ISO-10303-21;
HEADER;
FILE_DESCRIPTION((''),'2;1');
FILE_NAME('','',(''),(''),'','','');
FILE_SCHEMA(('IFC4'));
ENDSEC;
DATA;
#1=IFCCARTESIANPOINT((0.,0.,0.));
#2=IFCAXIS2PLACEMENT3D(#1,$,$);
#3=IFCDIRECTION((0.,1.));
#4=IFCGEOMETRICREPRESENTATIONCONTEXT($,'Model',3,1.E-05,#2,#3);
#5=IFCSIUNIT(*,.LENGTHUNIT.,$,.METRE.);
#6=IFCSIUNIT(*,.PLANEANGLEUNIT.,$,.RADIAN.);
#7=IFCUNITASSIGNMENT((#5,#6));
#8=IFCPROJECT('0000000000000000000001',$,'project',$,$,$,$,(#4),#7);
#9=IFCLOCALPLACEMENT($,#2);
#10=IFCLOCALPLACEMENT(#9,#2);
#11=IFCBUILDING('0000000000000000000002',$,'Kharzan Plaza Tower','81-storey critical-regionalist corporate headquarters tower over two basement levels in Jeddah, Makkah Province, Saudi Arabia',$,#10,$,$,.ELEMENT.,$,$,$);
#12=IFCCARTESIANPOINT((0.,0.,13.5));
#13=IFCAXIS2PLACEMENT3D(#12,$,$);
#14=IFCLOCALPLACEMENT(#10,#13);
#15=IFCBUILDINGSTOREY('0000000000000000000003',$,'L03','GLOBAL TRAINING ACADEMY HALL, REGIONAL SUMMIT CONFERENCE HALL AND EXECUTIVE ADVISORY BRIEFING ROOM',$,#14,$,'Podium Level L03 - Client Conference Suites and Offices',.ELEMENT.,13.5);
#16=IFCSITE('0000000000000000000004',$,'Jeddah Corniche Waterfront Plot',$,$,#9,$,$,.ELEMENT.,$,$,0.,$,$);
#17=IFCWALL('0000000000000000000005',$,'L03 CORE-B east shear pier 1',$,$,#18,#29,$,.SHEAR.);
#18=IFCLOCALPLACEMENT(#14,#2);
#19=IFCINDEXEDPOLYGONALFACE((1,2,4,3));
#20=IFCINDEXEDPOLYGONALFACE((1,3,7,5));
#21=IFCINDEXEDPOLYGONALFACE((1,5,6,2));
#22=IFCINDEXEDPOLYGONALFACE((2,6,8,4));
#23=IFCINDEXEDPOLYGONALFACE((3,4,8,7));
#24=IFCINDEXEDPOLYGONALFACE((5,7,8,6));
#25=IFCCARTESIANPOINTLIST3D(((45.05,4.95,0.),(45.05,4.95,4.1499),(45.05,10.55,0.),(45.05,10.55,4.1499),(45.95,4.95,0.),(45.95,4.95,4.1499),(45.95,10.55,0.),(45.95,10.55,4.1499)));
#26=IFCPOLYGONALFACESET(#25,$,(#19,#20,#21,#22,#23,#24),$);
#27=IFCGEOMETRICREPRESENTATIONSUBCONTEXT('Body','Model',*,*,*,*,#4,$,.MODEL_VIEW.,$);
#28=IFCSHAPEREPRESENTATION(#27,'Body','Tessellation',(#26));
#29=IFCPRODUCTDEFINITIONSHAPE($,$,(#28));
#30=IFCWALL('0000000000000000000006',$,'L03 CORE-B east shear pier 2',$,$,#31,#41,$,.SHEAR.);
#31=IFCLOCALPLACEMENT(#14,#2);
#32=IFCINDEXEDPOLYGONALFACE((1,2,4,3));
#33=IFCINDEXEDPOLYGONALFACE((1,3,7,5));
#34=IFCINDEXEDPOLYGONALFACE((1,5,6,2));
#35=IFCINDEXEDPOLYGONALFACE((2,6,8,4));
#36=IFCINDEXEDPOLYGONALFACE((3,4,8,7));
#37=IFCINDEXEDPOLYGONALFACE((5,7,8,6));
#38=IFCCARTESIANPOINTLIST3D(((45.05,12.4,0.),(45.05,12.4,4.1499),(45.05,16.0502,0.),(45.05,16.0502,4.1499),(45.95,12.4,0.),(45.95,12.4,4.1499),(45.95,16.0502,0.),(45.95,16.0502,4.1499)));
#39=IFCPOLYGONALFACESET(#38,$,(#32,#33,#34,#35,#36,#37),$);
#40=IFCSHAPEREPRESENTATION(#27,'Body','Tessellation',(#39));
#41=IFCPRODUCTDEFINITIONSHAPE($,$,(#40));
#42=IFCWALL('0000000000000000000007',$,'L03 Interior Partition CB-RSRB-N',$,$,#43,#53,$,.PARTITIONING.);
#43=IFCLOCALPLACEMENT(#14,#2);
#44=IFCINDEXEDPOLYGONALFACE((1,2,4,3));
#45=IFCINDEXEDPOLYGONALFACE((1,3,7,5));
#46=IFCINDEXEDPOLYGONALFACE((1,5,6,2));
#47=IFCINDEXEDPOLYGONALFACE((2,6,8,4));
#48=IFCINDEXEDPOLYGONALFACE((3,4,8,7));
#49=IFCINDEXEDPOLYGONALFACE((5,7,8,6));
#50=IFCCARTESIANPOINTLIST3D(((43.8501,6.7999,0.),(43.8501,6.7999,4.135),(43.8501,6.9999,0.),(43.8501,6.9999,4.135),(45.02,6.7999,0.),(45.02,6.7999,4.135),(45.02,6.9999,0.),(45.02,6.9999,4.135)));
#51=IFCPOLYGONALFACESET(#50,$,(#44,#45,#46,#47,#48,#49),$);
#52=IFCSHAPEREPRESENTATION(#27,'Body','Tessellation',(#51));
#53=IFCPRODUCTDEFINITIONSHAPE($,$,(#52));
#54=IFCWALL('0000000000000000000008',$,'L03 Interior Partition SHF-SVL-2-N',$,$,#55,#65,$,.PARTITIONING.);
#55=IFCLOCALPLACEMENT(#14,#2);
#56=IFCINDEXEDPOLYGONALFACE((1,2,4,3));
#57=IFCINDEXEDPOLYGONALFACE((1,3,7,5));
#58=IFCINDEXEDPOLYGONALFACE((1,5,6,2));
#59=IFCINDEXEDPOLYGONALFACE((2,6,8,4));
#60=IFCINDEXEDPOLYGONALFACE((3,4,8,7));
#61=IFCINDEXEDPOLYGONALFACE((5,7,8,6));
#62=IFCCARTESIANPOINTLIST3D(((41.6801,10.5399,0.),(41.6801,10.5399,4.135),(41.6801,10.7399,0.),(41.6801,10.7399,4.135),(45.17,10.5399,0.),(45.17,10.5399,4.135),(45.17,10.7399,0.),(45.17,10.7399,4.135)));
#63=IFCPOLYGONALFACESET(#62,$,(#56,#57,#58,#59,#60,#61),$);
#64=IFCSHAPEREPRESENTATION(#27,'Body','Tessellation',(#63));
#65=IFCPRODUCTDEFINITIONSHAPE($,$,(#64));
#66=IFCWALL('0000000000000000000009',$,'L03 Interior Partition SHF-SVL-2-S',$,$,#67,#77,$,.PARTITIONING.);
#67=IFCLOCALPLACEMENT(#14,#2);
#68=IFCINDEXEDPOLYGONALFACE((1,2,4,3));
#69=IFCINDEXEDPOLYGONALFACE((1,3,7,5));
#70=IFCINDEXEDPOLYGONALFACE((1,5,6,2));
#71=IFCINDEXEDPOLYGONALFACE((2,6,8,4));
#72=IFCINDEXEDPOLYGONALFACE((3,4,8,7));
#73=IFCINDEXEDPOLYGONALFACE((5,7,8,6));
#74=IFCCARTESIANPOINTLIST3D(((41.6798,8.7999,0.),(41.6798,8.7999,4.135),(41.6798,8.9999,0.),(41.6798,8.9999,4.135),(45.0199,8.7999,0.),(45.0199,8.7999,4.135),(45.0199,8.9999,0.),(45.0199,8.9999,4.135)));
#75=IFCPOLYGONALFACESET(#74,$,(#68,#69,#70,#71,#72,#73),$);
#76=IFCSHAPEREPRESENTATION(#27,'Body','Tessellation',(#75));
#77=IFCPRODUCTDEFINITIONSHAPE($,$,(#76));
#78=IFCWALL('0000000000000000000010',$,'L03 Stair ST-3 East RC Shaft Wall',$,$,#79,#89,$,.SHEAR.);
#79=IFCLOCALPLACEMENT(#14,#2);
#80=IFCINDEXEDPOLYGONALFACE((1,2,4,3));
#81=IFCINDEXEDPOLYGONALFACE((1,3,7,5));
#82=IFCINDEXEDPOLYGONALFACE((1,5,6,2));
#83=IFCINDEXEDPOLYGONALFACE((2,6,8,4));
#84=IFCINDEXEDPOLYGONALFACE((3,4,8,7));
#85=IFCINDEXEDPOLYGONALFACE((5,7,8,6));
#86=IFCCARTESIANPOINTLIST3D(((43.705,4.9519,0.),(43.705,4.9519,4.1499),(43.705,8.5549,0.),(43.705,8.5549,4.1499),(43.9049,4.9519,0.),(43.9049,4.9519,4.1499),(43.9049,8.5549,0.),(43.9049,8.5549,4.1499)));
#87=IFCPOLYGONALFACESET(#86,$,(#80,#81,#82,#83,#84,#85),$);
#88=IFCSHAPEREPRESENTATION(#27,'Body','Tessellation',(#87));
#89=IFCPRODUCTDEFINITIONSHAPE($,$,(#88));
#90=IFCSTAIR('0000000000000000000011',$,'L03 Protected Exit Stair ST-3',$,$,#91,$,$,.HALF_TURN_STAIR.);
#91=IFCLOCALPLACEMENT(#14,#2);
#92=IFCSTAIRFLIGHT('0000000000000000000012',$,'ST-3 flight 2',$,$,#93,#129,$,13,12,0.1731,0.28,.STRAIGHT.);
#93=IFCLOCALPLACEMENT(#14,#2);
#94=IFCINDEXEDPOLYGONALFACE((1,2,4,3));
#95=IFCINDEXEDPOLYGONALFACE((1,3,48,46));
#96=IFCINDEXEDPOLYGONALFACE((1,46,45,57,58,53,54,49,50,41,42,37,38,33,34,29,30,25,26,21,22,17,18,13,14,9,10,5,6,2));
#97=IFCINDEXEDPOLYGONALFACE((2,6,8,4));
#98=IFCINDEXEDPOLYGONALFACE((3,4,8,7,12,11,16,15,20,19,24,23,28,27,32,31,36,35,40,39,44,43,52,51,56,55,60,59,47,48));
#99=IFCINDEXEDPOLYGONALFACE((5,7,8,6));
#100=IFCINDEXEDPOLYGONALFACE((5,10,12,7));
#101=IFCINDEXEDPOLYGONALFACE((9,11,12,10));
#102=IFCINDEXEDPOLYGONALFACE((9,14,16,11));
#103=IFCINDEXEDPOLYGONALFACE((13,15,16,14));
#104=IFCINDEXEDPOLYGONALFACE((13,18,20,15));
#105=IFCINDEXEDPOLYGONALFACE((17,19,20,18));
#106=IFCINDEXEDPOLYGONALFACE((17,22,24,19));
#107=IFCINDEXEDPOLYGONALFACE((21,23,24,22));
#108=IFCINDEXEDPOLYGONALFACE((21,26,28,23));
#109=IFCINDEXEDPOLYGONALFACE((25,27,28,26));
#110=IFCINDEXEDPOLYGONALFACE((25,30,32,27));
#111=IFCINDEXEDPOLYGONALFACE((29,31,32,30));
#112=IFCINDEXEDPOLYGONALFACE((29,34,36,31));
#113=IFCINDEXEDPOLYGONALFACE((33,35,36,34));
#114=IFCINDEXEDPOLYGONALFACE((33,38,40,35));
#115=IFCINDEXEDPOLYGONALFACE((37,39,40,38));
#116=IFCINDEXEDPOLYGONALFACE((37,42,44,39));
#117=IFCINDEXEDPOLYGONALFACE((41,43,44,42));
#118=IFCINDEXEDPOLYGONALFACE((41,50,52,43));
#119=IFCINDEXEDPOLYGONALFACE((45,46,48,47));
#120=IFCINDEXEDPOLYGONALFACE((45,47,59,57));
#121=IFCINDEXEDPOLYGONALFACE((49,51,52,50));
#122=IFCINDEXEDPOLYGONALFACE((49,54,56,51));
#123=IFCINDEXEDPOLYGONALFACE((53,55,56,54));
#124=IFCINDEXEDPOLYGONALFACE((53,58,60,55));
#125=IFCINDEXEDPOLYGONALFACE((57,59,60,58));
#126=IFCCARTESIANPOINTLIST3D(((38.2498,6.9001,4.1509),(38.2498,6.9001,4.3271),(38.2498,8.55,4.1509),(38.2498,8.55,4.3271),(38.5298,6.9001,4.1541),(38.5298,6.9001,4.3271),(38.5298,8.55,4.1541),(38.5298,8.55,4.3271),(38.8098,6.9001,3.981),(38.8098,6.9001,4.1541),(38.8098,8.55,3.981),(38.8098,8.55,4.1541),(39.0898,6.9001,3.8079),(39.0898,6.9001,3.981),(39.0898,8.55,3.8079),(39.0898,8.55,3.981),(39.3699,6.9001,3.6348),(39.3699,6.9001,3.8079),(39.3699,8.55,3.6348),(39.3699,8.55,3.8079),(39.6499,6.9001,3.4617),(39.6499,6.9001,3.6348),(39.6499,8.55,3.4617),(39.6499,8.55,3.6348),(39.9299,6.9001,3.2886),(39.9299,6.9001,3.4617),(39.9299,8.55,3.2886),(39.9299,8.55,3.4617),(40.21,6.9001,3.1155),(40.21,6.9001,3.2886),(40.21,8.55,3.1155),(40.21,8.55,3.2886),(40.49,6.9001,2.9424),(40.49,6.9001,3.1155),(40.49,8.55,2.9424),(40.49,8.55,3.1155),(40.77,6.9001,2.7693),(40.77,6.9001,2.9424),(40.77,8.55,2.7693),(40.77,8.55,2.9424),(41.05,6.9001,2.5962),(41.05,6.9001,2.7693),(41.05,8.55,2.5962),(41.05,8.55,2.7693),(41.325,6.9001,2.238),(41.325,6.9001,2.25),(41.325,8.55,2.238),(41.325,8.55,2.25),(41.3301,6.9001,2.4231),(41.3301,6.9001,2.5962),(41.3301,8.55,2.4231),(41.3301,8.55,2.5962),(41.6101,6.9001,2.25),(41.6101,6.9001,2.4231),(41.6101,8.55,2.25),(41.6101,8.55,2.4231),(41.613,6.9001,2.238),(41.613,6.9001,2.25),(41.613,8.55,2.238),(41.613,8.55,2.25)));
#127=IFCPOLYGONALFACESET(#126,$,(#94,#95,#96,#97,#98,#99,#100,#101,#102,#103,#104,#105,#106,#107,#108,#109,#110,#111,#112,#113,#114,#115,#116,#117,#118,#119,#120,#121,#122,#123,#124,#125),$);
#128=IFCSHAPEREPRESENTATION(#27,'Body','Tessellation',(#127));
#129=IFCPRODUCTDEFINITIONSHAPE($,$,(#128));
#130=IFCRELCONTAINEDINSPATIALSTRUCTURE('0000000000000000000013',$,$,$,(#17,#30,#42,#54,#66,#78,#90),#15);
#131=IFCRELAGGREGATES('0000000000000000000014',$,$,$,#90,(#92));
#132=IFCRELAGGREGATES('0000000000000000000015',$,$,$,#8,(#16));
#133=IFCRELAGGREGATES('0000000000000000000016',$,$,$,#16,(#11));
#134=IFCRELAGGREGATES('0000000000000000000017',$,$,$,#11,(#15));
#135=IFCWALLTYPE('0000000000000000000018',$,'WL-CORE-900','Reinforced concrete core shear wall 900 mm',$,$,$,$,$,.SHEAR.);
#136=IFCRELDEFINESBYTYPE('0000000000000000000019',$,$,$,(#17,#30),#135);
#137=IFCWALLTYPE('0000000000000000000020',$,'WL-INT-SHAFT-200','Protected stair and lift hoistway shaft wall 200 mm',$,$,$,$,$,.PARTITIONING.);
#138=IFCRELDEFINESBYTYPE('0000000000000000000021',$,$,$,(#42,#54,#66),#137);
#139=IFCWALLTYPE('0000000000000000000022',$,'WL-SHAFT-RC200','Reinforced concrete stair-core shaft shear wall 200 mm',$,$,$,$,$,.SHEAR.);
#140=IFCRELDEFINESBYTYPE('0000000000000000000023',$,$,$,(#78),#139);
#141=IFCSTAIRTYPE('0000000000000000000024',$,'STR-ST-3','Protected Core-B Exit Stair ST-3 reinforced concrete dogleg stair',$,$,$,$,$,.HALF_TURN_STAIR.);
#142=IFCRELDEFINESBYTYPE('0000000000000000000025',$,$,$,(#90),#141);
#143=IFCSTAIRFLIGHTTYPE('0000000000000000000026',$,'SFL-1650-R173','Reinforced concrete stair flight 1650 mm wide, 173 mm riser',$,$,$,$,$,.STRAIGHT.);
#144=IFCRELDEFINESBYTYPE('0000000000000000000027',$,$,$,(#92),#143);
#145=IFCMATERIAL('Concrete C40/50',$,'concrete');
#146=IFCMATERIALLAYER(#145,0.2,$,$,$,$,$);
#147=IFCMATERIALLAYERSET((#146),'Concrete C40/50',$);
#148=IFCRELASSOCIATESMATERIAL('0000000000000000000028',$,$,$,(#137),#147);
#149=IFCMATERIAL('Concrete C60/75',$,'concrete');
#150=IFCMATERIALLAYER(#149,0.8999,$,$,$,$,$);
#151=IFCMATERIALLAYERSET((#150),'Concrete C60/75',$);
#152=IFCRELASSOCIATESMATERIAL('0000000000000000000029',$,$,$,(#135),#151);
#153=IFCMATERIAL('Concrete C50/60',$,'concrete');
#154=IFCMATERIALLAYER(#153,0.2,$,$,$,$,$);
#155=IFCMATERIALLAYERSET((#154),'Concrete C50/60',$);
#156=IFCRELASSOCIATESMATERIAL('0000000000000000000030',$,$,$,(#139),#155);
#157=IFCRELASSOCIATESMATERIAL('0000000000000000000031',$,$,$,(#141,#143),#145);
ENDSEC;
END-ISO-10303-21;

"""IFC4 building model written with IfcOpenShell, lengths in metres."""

from ifc_helpers import new_model, si_unit, direction, frame, frame_2d, origin, place, context, subcontext, project, spatial, polyline, rectangle, outline, extrude, source, transform, mapped, material, layer, layer_set, type_object, element, aggregate, save


model = new_model("IFC4")

# Units and contexts
model_context = context("Model", 3, precision=1e-05, world=origin(), true_north=direction((0.0, 1.0)))
body_context = subcontext(model_context, "Body", "Model", "MODEL_VIEW")
ifc_project = project(units=[si_unit("LENGTHUNIT", "METRE"), si_unit("PLANEANGLEUNIT", "RADIAN")], contexts=[model_context])

# Site, building, storey
site_placement = place(None, origin())
site = spatial("IfcSite", under=ifc_project, at=site_placement, Name="Jeddah Corniche Waterfront Plot", CompositionType="ELEMENT", RefElevation=0.0)
building_placement = place(site_placement, origin())
building = spatial("IfcBuilding", under=site, at=building_placement, Name="Kharzan Plaza Tower", Description="81-storey critical-regionalist corporate headquarters tower over two basement levels in Jeddah, Makkah Province, Saudi Arabia", CompositionType="ELEMENT")
storey_placement = place(building_placement, frame((0.0, 0.0, 13.5)))
storey = spatial("IfcBuildingStorey", under=building, at=storey_placement, Name="L03", Description="GLOBAL TRAINING ACADEMY HALL, REGIONAL SUMMIT CONFERENCE HALL AND EXECUTIVE ADVISORY BRIEFING ROOM", LongName="Podium Level L03 - Client Conference Suites and Offices", CompositionType="ELEMENT", Elevation=13.5)

# Shared definitions
ifc_material_1 = material(Name="Concrete C60/75", Category="concrete")

# Shared definitions
ifc_material_2 = material(Name="Concrete C40/50", Category="concrete")
ifc_layer_1 = layer(ifc_material_2, 0.2)
ifc_layer_set_1 = layer_set([ifc_layer_1], Name="Concrete C40/50")
wall_type_1 = type_object("IfcWallType", Name="WL-INT-SHAFT-200", Description="Protected stair and lift hoistway shaft wall 200 mm", PredefinedType="PARTITIONING", material=ifc_layer_set_1)

# Walls
ifc_layer_2 = layer(ifc_material_1, 0.8999)
ifc_layer_set_2 = layer_set([ifc_layer_2], Name="Concrete C60/75")
wall_type_2 = type_object("IfcWallType", Name="WL-CORE-900", Description="Reinforced concrete core shear wall 900 mm", PredefinedType="SHEAR", material=ifc_layer_set_2)
shared_shape_1 = source(origin(), body_context, "Body", "SweptSolid", [
    extrude(rectangle(XDim=5.6001, YDim=0.8999, at=frame_2d((2.8, 0.0))), origin(), (0.0, 0.0, 1.0), 4.1499),
])
wall_1_placement = place(storey_placement, frame((45.5, 4.95, 0.0), z_axis=(0.0, 0.0, 1.0), x_axis=(0.0, 1.0, 0.0)))
element("IfcWall", 1, at=wall_1_placement, inside=storey, type_object=wall_type_2, Name="L03 CORE-B east shear pier 1", PredefinedType="SHEAR", context=body_context, shape_type="MappedRepresentation", body=[
    mapped(shared_shape_1, transform((0.0, 0.0, 0.0), x_axis=(1.0, 0.0, 0.0), y_axis=(0.0, 1.0, 0.0), z_axis=(0.0, 0.0, 1.0))),
])
shared_shape_2 = source(origin(), body_context, "Body", "SweptSolid", [
    extrude(rectangle(XDim=3.6501, YDim=0.8999, at=frame_2d((1.8252, 0.0))), origin(), (0.0, 0.0, 1.0), 4.1499),
])
wall_2_placement = place(storey_placement, frame((45.5, 12.3999, 0.0), z_axis=(0.0, 0.0, 1.0), x_axis=(0.0, 1.0, 0.0)))
element("IfcWall", 2, at=wall_2_placement, inside=storey, type_object=wall_type_2, Name="L03 CORE-B east shear pier 2", PredefinedType="SHEAR", context=body_context, shape_type="MappedRepresentation", body=[
    mapped(shared_shape_2, transform((0.0, 0.0, 0.0), x_axis=(1.0, 0.0, 0.0), y_axis=(0.0, 1.0, 0.0), z_axis=(0.0, 0.0, 1.0))),
])
shared_shape_3 = source(origin(), body_context, "Body", "SweptSolid", [
    extrude(rectangle(XDim=1.1699, YDim=0.2, at=frame_2d((0.585, 0.0))), origin(), (0.0, 0.0, 1.0), 4.135),
])
wall_3_placement = place(storey_placement, frame((43.8501, 6.8999, 0.0), z_axis=(0.0, 0.0, 1.0), x_axis=(1.0, 0.0, 0.0)))
element("IfcWall", 3, at=wall_3_placement, inside=storey, type_object=wall_type_1, Name="L03 Interior Partition CB-RSRB-N", PredefinedType="PARTITIONING", context=body_context, shape_type="MappedRepresentation", body=[
    mapped(shared_shape_3, transform((0.0, 0.0, 0.0), x_axis=(1.0, 0.0, 0.0), y_axis=(0.0, 1.0, 0.0), z_axis=(0.0, 0.0, 1.0))),
])
shared_shape_4 = source(origin(), body_context, "Body", "SweptSolid", [
    extrude(rectangle(XDim=3.49, YDim=0.2, at=frame_2d((1.7451, 0.0))), origin(), (0.0, 0.0, 1.0), 4.135),
])
wall_4_placement = place(storey_placement, frame((41.6799, 10.6399, 0.0), z_axis=(0.0, 0.0, 1.0), x_axis=(1.0, 0.0, 0.0)))
element("IfcWall", 4, at=wall_4_placement, inside=storey, type_object=wall_type_1, Name="L03 Interior Partition SHF-SVL-2-N", PredefinedType="PARTITIONING", context=body_context, shape_type="MappedRepresentation", body=[
    mapped(shared_shape_4, transform((0.0, 0.0, 0.0), x_axis=(1.0, 0.0, 0.0), y_axis=(0.0, 1.0, 0.0), z_axis=(0.0, 0.0, 1.0))),
])
shared_shape_5 = source(origin(), body_context, "Body", "SweptSolid", [
    extrude(rectangle(XDim=3.3401, YDim=0.2, at=frame_2d((1.6699, 0.0))), origin(), (0.0, 0.0, 1.0), 4.135),
])
wall_5_placement = place(storey_placement, frame((41.6799, 8.8999, 0.0), z_axis=(0.0, 0.0, 1.0), x_axis=(1.0, 0.0, 0.0)))
element("IfcWall", 5, at=wall_5_placement, inside=storey, type_object=wall_type_1, Name="L03 Interior Partition SHF-SVL-2-S", PredefinedType="PARTITIONING", context=body_context, shape_type="MappedRepresentation", body=[
    mapped(shared_shape_5, transform((0.0, 0.0, 0.0), x_axis=(1.0, 0.0, 0.0), y_axis=(0.0, 1.0, 0.0), z_axis=(0.0, 0.0, 1.0))),
])
ifc_material_3 = material(Name="Concrete C50/60", Category="concrete")
ifc_layer_3 = layer(ifc_material_3, 0.2)
ifc_layer_set_3 = layer_set([ifc_layer_3], Name="Concrete C50/60")
wall_type_3 = type_object("IfcWallType", Name="WL-SHAFT-RC200", Description="Reinforced concrete stair-core shaft shear wall 200 mm", PredefinedType="SHEAR", material=ifc_layer_set_3)
shared_shape_6 = source(origin(), body_context, "Body", "SweptSolid", [
    extrude(rectangle(XDim=3.603, YDim=0.2, at=frame_2d((1.8015, 0.0))), origin(), (0.0, 0.0, 1.0), 4.1499),
])
wall_6_placement = place(storey_placement, frame((43.8049, 4.9519, 0.0), z_axis=(0.0, 0.0, 1.0), x_axis=(0.0, 1.0, 0.0)))
element("IfcWall", 6, at=wall_6_placement, inside=storey, type_object=wall_type_3, Name="L03 Stair ST-3 East RC Shaft Wall", PredefinedType="SHEAR", context=body_context, shape_type="MappedRepresentation", body=[
    mapped(shared_shape_6, transform((0.0, 0.0, 0.0), x_axis=(1.0, 0.0, 0.0), y_axis=(0.0, 1.0, 0.0), z_axis=(0.0, 0.0, 1.0))),
])

# Stair, stair flight
stair_type = type_object("IfcStairType", Name="STR-ST-3", Description="Protected Core-B Exit Stair ST-3 reinforced concrete dogleg stair", PredefinedType="HALF_TURN_STAIR", material=ifc_material_2)
stair_placement = place(storey_placement, origin())
stair = element("IfcStair", 7, at=stair_placement, inside=storey, type_object=stair_type, Name="L03 Protected Exit Stair ST-3", PredefinedType="HALF_TURN_STAIR")
stair_flight_type = type_object("IfcStairFlightType", Name="SFL-1650-R173", Description="Reinforced concrete stair flight 1650 mm wide, 173 mm riser", PredefinedType="STRAIGHT", material=ifc_material_2)
shared_shape_7 = source(origin(), body_context, "Body", "SweptSolid", [
    extrude(outline(polyline([(-0.0029, -0.012), (-0.0029, 0.0), (0.0, 0.0), (0.0, 0.1731), (0.28, 0.1731), (0.28, 0.3462), (0.5601, 0.3462), (0.5601, 0.5193), (0.8401, 0.5193), (0.8401, 0.6924), (1.1201, 0.6924), (1.1201, 0.8655), (1.4001, 0.8655), (1.4001, 1.0386), (1.6802, 1.0386), (1.6802, 1.2117), (1.9602, 1.2117), (1.9602, 1.3848), (2.2402, 1.3848), (2.2402, 1.5579), (2.5203, 1.5579), (2.5203, 1.731), (2.8003, 1.731), (2.8003, 1.9041), (3.0803, 1.9041), (3.0803, 2.0771), (3.3604, 2.0771), (3.3604, 2.2502), (3.3604, 1.9009), (0.2852, 0.0), (0.2852, -0.012), (-0.0029, -0.012)])), frame((0.0, 0.825, 0.0), z_axis=(0.0, -1.0, 0.0), x_axis=(1.0, 0.0, 0.0)), (0.0, 0.0, 1.0), 1.6499),
])
stair_flight_placement = place(storey_placement, frame((41.6101, 7.7251, 2.25), z_axis=(0.0, 0.0, 1.0), x_axis=(-1.0, 0.0, 0.0)))
stair_flight = element("IfcStairFlight", 8, at=stair_flight_placement, type_object=stair_flight_type, Name="ST-3 flight 2", NumberOfRisers=13, NumberOfTreads=12, PredefinedType="STRAIGHT", RiserHeight=0.1731, TreadLength=0.28, context=body_context, shape_type="MappedRepresentation", body=[
    mapped(shared_shape_7, transform((0.0, 0.0, 0.0), x_axis=(1.0, 0.0, 0.0), y_axis=(0.0, 1.0, 0.0), z_axis=(0.0, 0.0, 1.0))),
])
aggregate(stair, [stair_flight])

save(model, "model.ifc")
